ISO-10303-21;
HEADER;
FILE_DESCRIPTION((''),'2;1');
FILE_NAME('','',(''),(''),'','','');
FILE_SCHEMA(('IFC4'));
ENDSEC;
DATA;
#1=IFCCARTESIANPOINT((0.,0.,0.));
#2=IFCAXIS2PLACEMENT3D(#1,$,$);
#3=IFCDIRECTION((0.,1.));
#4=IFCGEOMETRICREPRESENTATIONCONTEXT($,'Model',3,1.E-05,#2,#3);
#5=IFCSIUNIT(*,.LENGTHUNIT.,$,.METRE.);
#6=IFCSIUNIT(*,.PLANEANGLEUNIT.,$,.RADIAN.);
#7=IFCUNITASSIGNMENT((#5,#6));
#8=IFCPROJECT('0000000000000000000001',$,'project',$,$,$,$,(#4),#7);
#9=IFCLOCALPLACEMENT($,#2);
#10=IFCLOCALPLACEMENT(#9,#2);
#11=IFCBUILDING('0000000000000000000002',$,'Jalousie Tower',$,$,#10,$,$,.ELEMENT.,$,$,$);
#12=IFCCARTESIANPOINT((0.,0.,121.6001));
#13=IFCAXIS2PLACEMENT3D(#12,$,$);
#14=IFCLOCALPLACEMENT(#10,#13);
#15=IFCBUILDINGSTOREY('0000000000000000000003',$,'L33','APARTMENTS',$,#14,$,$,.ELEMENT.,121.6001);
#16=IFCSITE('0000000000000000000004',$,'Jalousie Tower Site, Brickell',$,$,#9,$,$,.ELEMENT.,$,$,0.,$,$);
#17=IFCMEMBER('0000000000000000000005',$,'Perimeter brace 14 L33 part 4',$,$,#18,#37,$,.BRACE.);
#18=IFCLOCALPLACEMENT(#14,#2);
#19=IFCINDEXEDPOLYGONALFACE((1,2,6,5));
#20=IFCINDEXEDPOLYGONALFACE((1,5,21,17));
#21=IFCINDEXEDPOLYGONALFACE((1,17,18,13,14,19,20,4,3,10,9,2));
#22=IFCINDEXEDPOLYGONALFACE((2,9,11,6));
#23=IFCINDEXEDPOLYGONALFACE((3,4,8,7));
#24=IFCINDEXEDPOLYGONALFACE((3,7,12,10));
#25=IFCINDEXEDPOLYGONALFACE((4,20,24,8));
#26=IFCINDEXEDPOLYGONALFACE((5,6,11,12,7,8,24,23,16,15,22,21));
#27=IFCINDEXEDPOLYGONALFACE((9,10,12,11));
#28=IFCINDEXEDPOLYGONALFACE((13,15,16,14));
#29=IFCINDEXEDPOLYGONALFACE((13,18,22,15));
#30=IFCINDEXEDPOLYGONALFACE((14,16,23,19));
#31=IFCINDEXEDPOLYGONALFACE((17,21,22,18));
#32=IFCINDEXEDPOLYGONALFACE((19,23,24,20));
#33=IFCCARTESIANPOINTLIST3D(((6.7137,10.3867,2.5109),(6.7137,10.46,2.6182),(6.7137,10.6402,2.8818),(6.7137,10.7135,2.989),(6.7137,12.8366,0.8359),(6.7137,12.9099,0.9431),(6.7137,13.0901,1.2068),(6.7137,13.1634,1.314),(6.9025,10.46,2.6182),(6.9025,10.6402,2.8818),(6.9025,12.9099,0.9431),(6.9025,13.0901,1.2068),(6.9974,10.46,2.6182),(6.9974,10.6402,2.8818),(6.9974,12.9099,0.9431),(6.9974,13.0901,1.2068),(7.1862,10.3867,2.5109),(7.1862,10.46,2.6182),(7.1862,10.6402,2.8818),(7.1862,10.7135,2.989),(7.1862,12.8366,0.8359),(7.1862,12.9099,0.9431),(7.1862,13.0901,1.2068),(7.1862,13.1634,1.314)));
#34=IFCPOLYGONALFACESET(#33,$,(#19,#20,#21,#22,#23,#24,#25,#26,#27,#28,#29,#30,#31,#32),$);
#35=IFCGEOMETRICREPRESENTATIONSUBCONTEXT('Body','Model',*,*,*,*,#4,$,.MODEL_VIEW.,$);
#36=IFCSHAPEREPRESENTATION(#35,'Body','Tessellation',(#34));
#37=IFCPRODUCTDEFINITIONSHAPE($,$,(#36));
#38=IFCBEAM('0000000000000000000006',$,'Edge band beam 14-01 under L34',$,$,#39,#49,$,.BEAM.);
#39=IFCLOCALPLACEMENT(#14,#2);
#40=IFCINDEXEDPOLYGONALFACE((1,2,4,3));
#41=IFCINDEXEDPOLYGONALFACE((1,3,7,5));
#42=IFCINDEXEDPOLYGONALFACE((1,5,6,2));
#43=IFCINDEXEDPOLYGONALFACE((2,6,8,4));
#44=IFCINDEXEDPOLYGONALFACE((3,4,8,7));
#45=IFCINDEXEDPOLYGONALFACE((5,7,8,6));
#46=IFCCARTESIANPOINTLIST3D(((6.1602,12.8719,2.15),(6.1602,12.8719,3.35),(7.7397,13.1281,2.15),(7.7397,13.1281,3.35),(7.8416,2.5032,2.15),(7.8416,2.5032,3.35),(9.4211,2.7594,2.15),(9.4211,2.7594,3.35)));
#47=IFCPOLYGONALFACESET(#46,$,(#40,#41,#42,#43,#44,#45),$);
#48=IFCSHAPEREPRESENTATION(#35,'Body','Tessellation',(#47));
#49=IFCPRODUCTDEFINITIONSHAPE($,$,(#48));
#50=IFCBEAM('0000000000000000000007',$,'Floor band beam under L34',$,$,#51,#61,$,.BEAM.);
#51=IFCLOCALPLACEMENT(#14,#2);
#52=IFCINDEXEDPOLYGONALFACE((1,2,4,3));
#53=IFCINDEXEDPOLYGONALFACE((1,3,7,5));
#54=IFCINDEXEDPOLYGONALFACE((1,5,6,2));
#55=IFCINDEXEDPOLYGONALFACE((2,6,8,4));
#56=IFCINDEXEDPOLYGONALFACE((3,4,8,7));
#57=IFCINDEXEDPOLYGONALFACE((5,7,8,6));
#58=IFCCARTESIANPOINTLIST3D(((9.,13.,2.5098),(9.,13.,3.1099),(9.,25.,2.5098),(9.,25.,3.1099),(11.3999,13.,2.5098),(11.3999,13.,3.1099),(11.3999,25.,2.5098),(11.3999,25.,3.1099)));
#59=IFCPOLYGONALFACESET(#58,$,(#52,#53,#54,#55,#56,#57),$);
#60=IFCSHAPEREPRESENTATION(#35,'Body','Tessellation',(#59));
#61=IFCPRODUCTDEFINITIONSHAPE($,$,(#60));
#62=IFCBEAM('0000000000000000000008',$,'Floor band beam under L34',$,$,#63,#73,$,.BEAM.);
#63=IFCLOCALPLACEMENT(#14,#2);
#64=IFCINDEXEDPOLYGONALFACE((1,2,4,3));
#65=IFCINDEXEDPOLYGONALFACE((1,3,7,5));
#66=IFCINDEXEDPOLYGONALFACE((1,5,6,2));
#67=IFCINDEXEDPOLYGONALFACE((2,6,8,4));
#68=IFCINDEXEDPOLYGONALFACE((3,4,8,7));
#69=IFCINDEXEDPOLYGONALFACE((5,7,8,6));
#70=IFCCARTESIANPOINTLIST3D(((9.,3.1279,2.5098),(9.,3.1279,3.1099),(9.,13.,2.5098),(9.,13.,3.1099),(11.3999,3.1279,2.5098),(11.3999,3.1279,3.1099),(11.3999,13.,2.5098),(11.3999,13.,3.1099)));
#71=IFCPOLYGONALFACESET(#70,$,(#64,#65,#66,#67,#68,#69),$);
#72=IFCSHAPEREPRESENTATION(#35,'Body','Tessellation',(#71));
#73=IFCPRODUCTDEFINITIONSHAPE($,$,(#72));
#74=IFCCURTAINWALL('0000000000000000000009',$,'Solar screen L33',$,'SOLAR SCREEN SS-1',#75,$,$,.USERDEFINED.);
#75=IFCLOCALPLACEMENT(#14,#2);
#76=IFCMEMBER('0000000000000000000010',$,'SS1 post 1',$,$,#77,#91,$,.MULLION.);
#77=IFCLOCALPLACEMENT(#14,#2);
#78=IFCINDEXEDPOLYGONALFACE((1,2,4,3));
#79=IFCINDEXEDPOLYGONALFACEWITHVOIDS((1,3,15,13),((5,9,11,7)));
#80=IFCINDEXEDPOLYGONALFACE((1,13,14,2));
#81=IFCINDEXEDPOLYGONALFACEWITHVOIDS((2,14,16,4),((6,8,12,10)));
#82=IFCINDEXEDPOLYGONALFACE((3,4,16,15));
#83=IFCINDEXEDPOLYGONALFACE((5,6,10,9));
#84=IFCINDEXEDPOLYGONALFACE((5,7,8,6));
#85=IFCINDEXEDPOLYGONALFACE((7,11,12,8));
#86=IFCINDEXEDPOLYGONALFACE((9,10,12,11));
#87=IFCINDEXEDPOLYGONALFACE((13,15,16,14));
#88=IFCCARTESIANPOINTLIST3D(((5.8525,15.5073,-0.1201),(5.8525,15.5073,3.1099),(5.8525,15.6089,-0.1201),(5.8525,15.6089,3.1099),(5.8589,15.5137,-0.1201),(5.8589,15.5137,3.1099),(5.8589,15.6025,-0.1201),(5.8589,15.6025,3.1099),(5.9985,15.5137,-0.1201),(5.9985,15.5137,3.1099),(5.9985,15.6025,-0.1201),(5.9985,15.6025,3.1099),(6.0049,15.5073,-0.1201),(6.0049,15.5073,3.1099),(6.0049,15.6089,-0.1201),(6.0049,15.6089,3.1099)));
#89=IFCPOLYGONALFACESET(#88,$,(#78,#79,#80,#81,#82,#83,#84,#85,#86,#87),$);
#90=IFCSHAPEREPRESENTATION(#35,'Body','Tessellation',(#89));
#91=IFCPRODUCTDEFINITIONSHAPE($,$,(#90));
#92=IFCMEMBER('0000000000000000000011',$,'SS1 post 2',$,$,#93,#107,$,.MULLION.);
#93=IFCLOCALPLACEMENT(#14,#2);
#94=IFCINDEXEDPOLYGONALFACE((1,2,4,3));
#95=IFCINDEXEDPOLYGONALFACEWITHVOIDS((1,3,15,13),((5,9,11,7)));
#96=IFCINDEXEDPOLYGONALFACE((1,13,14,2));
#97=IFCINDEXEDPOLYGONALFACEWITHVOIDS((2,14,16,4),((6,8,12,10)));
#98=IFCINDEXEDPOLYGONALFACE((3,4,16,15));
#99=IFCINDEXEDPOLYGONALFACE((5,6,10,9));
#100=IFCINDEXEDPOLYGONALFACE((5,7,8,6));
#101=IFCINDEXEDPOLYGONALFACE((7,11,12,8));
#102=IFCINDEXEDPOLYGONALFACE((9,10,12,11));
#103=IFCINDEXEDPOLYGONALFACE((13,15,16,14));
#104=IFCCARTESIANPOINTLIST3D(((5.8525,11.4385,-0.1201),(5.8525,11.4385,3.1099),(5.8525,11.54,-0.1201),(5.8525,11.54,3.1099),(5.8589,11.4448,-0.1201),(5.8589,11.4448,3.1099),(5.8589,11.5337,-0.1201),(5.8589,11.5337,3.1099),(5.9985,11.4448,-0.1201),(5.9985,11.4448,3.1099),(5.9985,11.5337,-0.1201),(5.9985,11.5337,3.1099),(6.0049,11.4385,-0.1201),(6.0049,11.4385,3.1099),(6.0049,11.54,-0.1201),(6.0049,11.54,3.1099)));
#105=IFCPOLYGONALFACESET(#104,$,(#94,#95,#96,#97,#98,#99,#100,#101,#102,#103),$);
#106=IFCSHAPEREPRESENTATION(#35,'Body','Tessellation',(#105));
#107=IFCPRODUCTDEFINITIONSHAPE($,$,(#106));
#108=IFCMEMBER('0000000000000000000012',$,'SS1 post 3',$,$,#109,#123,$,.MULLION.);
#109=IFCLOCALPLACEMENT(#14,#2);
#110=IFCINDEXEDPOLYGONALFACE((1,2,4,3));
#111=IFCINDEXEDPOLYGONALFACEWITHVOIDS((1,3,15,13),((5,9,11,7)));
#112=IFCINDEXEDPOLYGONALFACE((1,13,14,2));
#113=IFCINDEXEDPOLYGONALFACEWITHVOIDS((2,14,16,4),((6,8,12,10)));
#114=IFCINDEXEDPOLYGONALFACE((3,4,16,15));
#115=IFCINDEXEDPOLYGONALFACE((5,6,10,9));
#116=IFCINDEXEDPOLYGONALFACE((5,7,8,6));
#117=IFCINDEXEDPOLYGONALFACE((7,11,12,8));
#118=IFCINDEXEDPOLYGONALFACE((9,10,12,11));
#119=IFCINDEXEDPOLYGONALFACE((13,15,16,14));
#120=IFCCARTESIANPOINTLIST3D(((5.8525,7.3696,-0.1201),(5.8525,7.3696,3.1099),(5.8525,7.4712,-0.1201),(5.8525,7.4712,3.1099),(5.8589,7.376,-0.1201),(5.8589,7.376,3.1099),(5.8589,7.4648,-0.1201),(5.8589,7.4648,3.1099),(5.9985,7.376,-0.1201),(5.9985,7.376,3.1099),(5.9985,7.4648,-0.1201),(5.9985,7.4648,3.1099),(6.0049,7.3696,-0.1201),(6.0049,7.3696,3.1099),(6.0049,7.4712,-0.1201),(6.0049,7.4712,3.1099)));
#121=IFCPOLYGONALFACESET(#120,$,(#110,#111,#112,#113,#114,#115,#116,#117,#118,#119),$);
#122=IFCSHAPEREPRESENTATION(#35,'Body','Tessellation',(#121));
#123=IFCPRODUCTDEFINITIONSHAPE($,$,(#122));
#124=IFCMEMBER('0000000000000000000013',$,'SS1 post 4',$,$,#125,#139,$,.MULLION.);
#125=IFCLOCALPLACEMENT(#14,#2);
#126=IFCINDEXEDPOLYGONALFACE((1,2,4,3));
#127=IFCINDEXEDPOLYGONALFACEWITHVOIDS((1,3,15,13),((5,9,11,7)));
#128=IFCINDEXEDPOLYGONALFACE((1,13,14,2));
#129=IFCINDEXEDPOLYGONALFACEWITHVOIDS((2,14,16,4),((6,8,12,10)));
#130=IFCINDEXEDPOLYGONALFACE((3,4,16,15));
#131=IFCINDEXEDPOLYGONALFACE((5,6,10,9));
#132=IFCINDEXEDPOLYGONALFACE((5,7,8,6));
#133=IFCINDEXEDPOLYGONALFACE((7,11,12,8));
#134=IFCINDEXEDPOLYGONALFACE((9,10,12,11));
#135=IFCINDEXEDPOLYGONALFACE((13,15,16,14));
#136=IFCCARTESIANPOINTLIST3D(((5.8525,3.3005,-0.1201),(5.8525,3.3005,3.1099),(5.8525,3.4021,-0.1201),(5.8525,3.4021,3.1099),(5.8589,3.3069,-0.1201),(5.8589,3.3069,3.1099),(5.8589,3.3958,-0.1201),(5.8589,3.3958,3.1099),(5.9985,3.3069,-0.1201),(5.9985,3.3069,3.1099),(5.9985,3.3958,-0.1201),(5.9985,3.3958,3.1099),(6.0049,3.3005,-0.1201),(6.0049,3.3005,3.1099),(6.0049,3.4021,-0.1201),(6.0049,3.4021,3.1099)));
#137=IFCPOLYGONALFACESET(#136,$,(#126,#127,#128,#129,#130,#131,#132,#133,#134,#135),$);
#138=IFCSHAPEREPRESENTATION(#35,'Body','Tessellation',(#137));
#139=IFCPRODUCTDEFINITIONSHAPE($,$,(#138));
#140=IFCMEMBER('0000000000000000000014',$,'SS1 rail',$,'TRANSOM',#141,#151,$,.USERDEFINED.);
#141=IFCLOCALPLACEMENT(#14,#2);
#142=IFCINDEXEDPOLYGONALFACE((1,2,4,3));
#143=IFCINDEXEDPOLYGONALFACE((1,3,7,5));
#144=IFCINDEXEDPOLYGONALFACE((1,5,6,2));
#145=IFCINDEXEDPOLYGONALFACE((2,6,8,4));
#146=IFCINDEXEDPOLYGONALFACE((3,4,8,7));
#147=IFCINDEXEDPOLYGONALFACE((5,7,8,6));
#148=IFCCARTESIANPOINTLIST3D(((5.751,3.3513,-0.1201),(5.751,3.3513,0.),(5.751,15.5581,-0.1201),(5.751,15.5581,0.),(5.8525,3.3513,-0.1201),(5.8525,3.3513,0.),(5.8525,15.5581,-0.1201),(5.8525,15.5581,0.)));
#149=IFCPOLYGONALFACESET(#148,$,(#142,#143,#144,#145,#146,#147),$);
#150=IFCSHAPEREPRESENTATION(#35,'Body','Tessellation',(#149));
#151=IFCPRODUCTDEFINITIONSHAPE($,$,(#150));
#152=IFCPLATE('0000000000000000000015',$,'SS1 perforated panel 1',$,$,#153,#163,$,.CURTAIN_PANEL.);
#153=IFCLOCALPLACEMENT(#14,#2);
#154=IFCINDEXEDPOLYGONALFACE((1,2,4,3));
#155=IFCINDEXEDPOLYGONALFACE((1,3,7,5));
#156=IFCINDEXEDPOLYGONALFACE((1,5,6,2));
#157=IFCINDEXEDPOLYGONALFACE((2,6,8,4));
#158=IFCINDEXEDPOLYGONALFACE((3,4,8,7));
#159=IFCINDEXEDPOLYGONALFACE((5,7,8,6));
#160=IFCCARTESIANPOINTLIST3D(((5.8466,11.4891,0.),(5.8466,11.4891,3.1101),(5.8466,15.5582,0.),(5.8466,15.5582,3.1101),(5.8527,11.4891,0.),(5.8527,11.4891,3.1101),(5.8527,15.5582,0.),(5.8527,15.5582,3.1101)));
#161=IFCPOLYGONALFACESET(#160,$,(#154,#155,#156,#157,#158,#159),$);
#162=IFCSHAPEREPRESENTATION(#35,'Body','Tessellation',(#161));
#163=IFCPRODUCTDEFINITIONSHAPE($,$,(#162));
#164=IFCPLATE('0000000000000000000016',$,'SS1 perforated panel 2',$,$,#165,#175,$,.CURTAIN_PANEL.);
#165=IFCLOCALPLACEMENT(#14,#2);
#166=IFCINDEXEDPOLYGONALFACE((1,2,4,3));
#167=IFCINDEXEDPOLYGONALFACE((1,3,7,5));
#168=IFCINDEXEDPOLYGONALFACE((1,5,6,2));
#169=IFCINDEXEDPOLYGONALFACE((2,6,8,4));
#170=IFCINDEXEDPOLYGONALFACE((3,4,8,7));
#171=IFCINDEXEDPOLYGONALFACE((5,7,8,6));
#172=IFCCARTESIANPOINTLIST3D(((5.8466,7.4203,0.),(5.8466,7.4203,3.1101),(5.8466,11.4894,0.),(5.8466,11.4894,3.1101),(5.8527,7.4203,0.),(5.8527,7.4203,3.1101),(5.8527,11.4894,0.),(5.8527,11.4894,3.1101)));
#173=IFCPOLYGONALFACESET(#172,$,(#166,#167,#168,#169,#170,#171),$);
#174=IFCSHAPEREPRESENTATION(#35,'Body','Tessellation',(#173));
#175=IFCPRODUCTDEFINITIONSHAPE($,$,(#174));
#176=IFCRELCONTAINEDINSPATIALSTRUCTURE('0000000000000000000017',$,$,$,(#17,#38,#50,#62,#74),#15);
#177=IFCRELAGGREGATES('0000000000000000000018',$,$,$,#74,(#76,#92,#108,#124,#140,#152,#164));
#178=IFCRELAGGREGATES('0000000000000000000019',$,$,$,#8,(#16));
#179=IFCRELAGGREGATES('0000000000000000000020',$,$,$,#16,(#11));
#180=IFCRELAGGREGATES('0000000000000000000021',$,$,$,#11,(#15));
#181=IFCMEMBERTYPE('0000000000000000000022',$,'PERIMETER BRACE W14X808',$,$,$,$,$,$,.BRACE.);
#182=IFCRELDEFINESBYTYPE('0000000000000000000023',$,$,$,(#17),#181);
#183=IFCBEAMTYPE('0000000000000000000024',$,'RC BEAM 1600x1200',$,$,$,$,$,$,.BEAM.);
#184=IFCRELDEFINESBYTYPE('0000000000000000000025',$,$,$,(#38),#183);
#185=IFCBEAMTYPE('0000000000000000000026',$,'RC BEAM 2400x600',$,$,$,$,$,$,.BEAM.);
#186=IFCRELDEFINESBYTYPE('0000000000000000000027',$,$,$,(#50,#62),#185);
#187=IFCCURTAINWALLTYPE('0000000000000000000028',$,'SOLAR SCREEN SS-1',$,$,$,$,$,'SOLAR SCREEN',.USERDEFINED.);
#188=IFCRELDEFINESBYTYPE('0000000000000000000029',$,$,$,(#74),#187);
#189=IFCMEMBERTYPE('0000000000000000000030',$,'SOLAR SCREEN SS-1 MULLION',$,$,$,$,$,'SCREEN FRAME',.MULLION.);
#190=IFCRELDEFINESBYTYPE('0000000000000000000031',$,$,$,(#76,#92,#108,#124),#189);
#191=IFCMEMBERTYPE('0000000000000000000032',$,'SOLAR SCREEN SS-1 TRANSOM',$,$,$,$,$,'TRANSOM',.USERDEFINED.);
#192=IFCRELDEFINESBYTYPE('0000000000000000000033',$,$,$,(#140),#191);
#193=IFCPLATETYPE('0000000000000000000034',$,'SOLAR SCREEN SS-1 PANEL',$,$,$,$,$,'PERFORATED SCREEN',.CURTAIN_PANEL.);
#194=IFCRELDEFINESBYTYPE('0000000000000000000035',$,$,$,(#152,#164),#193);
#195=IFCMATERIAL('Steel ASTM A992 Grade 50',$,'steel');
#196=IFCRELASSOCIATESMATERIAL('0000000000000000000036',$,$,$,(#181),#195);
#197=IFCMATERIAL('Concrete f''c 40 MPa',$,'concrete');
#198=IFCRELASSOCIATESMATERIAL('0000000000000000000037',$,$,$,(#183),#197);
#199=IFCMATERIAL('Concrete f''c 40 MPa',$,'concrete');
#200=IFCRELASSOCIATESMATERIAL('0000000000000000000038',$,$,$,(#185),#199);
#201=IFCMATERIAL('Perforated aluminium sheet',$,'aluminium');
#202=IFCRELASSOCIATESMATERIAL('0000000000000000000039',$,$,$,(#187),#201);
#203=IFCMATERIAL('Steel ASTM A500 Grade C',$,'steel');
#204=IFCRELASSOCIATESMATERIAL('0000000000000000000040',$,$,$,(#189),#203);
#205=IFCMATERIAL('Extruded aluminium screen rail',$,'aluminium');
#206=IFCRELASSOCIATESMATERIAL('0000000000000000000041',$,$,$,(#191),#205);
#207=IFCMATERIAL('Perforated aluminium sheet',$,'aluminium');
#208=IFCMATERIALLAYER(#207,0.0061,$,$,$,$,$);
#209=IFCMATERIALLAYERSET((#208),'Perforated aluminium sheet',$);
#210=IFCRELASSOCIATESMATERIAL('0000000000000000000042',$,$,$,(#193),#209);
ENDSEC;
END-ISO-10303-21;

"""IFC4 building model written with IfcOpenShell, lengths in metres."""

from ifc_helpers import new_model, si_unit, direction, frame, origin, origin_2d, place, context, subcontext, project, spatial, rectangle, hollow_rectangle, i_section, extrude, material, layer, layer_set, material_profile, profile_set, type_object, element, aggregate, save


model = new_model("IFC4")

# Units and contexts
model_context = context("Model", 3, precision=1e-05, world=origin(), true_north=direction((0.0, 1.0)))
body_context = subcontext(model_context, "Body", "Model", "MODEL_VIEW")
ifc_project = project(units=[si_unit("LENGTHUNIT", "METRE"), si_unit("PLANEANGLEUNIT", "RADIAN")], contexts=[model_context])

# Site, building, storey
site_placement = place(None, origin())
site = spatial("IfcSite", under=ifc_project, at=site_placement, Name="Jalousie Tower Site, Brickell", CompositionType="ELEMENT", RefElevation=0.0)
building_placement = place(site_placement, origin())
building = spatial("IfcBuilding", under=site, at=building_placement, Name="Jalousie Tower", CompositionType="ELEMENT")
storey_placement = place(building_placement, frame((0.0, 0.0, 121.6001)))
storey = spatial("IfcBuildingStorey", under=building, at=storey_placement, Name="L33", Description="APARTMENTS", CompositionType="ELEMENT", Elevation=121.6001)

# Member
ifc_material_1 = material(Name="Steel ASTM A992 Grade 50", Category="steel")
ifc_material_profile_1 = material_profile(ifc_material_1, i_section(OverallWidth=0.4724, OverallDepth=0.5791, WebThickness=0.095, FlangeThickness=0.1299, at=origin_2d()), Name="W14X808")
ifc_profile_set_1 = profile_set([ifc_material_profile_1], Name="Steel ASTM A992 Grade 50")
member_type_1 = type_object("IfcMemberType", Name="PERIMETER BRACE W14X808", PredefinedType="BRACE", material=ifc_profile_set_1)
for number, where, z_axis, x_axis, name in (
    (1, (6.95, 13.0, 1.075), (0.0, -0.825501, 0.564401), (1.0, 0.0, 0.0), "Perimeter brace 14 L33 part 4"),
):
    element("IfcMember", number, at=place(storey_placement, frame(where, z_axis=z_axis, x_axis=x_axis)), inside=storey, type_object=member_type_1, Name=name, PredefinedType="BRACE", context=body_context, shape_type="SweptSolid", body=[
        extrude(i_section(OverallWidth=0.4724, OverallDepth=0.5791, WebThickness=0.095, FlangeThickness=0.1299, at=origin_2d()), origin(), (0.0, 0.0, 1.0), 2.9678),
    ])

# Beams
ifc_material_2 = material(Name="Concrete f'c 40 MPa", Category="concrete")
ifc_material_profile_2 = material_profile(ifc_material_2, rectangle(XDim=1.6001, YDim=1.2, at=origin_2d()), Name="RC 1600x1200")
ifc_profile_set_2 = profile_set([ifc_material_profile_2], Name="Concrete f'c 40 MPa")
beam_type_1 = type_object("IfcBeamType", Name="RC BEAM 1600x1200", PredefinedType="BEAM", material=ifc_profile_set_2)
beam_1_placement = place(storey_placement, frame((6.95, 13.0, 2.75), z_axis=(0.160071, -0.987106, 0.0), x_axis=(0.987106, 0.160071, 0.0)))
element("IfcBeam", 2, at=beam_1_placement, inside=storey, type_object=beam_type_1, Name="Edge band beam 14-01 under L34", PredefinedType="BEAM", context=body_context, shape_type="SweptSolid", body=[
    extrude(rectangle(XDim=1.6001, YDim=1.2, at=origin_2d()), origin(), (0.0, 0.0, 1.0), 10.5042),
])
ifc_material_3 = material(Name="Concrete f'c 40 MPa", Category="concrete")
ifc_material_profile_3 = material_profile(ifc_material_3, rectangle(XDim=2.3999, YDim=0.6001, at=origin_2d()), Name="RC 2400x600")
ifc_profile_set_3 = profile_set([ifc_material_profile_3], Name="Concrete f'c 40 MPa")
beam_type_2 = type_object("IfcBeamType", Name="RC BEAM 2400x600", PredefinedType="BEAM", material=ifc_profile_set_3)
beam_2_placement = place(storey_placement, frame((10.2, 13.0, 2.8098), z_axis=(0.0, 1.0, 0.0), x_axis=(-1.0, 0.0, 0.0)))
element("IfcBeam", 3, at=beam_2_placement, inside=storey, type_object=beam_type_2, Name="Floor band beam under L34", PredefinedType="BEAM", context=body_context, shape_type="SweptSolid", body=[
    extrude(rectangle(XDim=2.3999, YDim=0.6001, at=origin_2d()), origin(), (0.0, 0.0, 1.0), 12.0),
])
beam_3_placement = place(storey_placement, frame((10.2, 13.0, 2.8098), z_axis=(0.0, -1.0, 0.0), x_axis=(1.0, 0.0, 0.0)))
element("IfcBeam", 4, at=beam_3_placement, inside=storey, type_object=beam_type_2, Name="Floor band beam under L34", PredefinedType="BEAM", context=body_context, shape_type="SweptSolid", body=[
    extrude(rectangle(XDim=2.3999, YDim=0.6001, at=origin_2d()), origin(), (0.0, 0.0, 1.0), 9.8721),
])

# Curtain wall, members, plates
ifc_material_4 = material(Name="Perforated aluminium sheet", Category="aluminium")
curtain_wall_type_1 = type_object("IfcCurtainWallType", Name="SOLAR SCREEN SS-1", ElementType="SOLAR SCREEN", PredefinedType="USERDEFINED", material=ifc_material_4)
curtain_wall_1_placement = place(storey_placement, origin())
curtain_wall_1 = element("IfcCurtainWall", 5, at=curtain_wall_1_placement, inside=storey, type_object=curtain_wall_type_1, Name="Solar screen L33", ObjectType="SOLAR SCREEN SS-1", PredefinedType="USERDEFINED")
ifc_material_5 = material(Name="Steel ASTM A500 Grade C", Category="steel")
ifc_material_profile_4 = material_profile(ifc_material_5, hollow_rectangle(XDim=0.1016, YDim=0.1523, WallThickness=0.0063, at=origin_2d()), Name="HSS6X4X1/4")
ifc_profile_set_4 = profile_set([ifc_material_profile_4], Name="Steel ASTM A500 Grade C")
member_type_2 = type_object("IfcMemberType", Name="SOLAR SCREEN SS-1 MULLION", ElementType="SCREEN FRAME", PredefinedType="MULLION", material=ifc_profile_set_4)
member_1_placement = place(storey_placement, frame((5.9287, 15.5581, -0.1201), z_axis=(0.0, 0.0, 1.0), x_axis=(0.0, -1.0, 0.0)))
member_1 = element("IfcMember", 6, at=member_1_placement, type_object=member_type_2, Name="SS1 post 1", PredefinedType="MULLION", context=body_context, shape_type="SweptSolid", body=[
    extrude(hollow_rectangle(XDim=0.1016, YDim=0.1523, WallThickness=0.0063, at=origin_2d()), origin(), (0.0, 0.0, 1.0), 3.23),
])
member_2_placement = place(storey_placement, frame((5.9287, 11.4893, -0.1201), z_axis=(0.0, 0.0, 1.0), x_axis=(0.0, -1.0, 0.0)))
member_2 = element("IfcMember", 7, at=member_2_placement, type_object=member_type_2, Name="SS1 post 2", PredefinedType="MULLION", context=body_context, shape_type="SweptSolid", body=[
    extrude(hollow_rectangle(XDim=0.1016, YDim=0.1523, WallThickness=0.0063, at=origin_2d()), origin(), (0.0, 0.0, 1.0), 3.23),
])
member_3_placement = place(storey_placement, frame((5.9287, 7.4204, -0.1201), z_axis=(0.0, 0.0, 1.0), x_axis=(0.0, -1.0, 0.0)))
member_3 = element("IfcMember", 8, at=member_3_placement, type_object=member_type_2, Name="SS1 post 3", PredefinedType="MULLION", context=body_context, shape_type="SweptSolid", body=[
    extrude(hollow_rectangle(XDim=0.1016, YDim=0.1523, WallThickness=0.0063, at=origin_2d()), origin(), (0.0, 0.0, 1.0), 3.23),
])
member_4_placement = place(storey_placement, frame((5.9287, 3.3513, -0.1201), z_axis=(0.0, 0.0, 1.0), x_axis=(0.0, -1.0, 0.0)))
member_4 = element("IfcMember", 9, at=member_4_placement, type_object=member_type_2, Name="SS1 post 4", PredefinedType="MULLION", context=body_context, shape_type="SweptSolid", body=[
    extrude(hollow_rectangle(XDim=0.1016, YDim=0.1523, WallThickness=0.0063, at=origin_2d()), origin(), (0.0, 0.0, 1.0), 3.23),
])
ifc_material_6 = material(Name="Extruded aluminium screen rail", Category="aluminium")
ifc_material_profile_5 = material_profile(ifc_material_6, rectangle(XDim=0.1016, YDim=0.1201, at=origin_2d()), Name="RAIL 102x120")
ifc_profile_set_5 = profile_set([ifc_material_profile_5], Name="Extruded aluminium screen rail")
member_type_3 = type_object("IfcMemberType", Name="SOLAR SCREEN SS-1 TRANSOM", ElementType="TRANSOM", PredefinedType="USERDEFINED", material=ifc_profile_set_5)
member_5_placement = place(storey_placement, frame((5.8018, 15.5581, -0.0601), z_axis=(0.0, -1.0, 0.0), x_axis=(1.0, 0.0, 0.0)))
member_5 = element("IfcMember", 10, at=member_5_placement, type_object=member_type_3, Name="SS1 rail", ObjectType="TRANSOM", PredefinedType="USERDEFINED", context=body_context, shape_type="SweptSolid", body=[
    extrude(rectangle(XDim=0.1016, YDim=0.1201, at=origin_2d()), origin(), (0.0, 0.0, 1.0), 12.2068),
])
ifc_material_7 = material(Name="Perforated aluminium sheet", Category="aluminium")
ifc_layer_1 = layer(ifc_material_7, 0.0061)
ifc_layer_set_1 = layer_set([ifc_layer_1], Name="Perforated aluminium sheet")
plate_type = type_object("IfcPlateType", Name="SOLAR SCREEN SS-1 PANEL", ElementType="PERFORATED SCREEN", PredefinedType="CURTAIN_PANEL", material=ifc_layer_set_1)
plate_1_placement = place(storey_placement, frame((5.8496, 13.5237, 0.0), z_axis=(0.0, 0.0, 1.0), x_axis=(0.0, -1.0, 0.0)))
plate_1 = element("IfcPlate", 11, at=plate_1_placement, type_object=plate_type, Name="SS1 perforated panel 1", PredefinedType="CURTAIN_PANEL", context=body_context, shape_type="SweptSolid", body=[
    extrude(rectangle(XDim=4.0691, YDim=0.0061, at=origin_2d()), origin(), (0.0, 0.0, 1.0), 3.1101),
])
plate_2_placement = place(storey_placement, frame((5.8496, 9.4548, 0.0), z_axis=(0.0, 0.0, 1.0), x_axis=(0.0, -1.0, 0.0)))
plate_2 = element("IfcPlate", 12, at=plate_2_placement, type_object=plate_type, Name="SS1 perforated panel 2", PredefinedType="CURTAIN_PANEL", context=body_context, shape_type="SweptSolid", body=[
    extrude(rectangle(XDim=4.0691, YDim=0.0061, at=origin_2d()), origin(), (0.0, 0.0, 1.0), 3.1101),
])
aggregate(curtain_wall_1, [member_1, member_2, member_3, member_4, member_5, plate_1, plate_2])

save(model, "model.ifc")
